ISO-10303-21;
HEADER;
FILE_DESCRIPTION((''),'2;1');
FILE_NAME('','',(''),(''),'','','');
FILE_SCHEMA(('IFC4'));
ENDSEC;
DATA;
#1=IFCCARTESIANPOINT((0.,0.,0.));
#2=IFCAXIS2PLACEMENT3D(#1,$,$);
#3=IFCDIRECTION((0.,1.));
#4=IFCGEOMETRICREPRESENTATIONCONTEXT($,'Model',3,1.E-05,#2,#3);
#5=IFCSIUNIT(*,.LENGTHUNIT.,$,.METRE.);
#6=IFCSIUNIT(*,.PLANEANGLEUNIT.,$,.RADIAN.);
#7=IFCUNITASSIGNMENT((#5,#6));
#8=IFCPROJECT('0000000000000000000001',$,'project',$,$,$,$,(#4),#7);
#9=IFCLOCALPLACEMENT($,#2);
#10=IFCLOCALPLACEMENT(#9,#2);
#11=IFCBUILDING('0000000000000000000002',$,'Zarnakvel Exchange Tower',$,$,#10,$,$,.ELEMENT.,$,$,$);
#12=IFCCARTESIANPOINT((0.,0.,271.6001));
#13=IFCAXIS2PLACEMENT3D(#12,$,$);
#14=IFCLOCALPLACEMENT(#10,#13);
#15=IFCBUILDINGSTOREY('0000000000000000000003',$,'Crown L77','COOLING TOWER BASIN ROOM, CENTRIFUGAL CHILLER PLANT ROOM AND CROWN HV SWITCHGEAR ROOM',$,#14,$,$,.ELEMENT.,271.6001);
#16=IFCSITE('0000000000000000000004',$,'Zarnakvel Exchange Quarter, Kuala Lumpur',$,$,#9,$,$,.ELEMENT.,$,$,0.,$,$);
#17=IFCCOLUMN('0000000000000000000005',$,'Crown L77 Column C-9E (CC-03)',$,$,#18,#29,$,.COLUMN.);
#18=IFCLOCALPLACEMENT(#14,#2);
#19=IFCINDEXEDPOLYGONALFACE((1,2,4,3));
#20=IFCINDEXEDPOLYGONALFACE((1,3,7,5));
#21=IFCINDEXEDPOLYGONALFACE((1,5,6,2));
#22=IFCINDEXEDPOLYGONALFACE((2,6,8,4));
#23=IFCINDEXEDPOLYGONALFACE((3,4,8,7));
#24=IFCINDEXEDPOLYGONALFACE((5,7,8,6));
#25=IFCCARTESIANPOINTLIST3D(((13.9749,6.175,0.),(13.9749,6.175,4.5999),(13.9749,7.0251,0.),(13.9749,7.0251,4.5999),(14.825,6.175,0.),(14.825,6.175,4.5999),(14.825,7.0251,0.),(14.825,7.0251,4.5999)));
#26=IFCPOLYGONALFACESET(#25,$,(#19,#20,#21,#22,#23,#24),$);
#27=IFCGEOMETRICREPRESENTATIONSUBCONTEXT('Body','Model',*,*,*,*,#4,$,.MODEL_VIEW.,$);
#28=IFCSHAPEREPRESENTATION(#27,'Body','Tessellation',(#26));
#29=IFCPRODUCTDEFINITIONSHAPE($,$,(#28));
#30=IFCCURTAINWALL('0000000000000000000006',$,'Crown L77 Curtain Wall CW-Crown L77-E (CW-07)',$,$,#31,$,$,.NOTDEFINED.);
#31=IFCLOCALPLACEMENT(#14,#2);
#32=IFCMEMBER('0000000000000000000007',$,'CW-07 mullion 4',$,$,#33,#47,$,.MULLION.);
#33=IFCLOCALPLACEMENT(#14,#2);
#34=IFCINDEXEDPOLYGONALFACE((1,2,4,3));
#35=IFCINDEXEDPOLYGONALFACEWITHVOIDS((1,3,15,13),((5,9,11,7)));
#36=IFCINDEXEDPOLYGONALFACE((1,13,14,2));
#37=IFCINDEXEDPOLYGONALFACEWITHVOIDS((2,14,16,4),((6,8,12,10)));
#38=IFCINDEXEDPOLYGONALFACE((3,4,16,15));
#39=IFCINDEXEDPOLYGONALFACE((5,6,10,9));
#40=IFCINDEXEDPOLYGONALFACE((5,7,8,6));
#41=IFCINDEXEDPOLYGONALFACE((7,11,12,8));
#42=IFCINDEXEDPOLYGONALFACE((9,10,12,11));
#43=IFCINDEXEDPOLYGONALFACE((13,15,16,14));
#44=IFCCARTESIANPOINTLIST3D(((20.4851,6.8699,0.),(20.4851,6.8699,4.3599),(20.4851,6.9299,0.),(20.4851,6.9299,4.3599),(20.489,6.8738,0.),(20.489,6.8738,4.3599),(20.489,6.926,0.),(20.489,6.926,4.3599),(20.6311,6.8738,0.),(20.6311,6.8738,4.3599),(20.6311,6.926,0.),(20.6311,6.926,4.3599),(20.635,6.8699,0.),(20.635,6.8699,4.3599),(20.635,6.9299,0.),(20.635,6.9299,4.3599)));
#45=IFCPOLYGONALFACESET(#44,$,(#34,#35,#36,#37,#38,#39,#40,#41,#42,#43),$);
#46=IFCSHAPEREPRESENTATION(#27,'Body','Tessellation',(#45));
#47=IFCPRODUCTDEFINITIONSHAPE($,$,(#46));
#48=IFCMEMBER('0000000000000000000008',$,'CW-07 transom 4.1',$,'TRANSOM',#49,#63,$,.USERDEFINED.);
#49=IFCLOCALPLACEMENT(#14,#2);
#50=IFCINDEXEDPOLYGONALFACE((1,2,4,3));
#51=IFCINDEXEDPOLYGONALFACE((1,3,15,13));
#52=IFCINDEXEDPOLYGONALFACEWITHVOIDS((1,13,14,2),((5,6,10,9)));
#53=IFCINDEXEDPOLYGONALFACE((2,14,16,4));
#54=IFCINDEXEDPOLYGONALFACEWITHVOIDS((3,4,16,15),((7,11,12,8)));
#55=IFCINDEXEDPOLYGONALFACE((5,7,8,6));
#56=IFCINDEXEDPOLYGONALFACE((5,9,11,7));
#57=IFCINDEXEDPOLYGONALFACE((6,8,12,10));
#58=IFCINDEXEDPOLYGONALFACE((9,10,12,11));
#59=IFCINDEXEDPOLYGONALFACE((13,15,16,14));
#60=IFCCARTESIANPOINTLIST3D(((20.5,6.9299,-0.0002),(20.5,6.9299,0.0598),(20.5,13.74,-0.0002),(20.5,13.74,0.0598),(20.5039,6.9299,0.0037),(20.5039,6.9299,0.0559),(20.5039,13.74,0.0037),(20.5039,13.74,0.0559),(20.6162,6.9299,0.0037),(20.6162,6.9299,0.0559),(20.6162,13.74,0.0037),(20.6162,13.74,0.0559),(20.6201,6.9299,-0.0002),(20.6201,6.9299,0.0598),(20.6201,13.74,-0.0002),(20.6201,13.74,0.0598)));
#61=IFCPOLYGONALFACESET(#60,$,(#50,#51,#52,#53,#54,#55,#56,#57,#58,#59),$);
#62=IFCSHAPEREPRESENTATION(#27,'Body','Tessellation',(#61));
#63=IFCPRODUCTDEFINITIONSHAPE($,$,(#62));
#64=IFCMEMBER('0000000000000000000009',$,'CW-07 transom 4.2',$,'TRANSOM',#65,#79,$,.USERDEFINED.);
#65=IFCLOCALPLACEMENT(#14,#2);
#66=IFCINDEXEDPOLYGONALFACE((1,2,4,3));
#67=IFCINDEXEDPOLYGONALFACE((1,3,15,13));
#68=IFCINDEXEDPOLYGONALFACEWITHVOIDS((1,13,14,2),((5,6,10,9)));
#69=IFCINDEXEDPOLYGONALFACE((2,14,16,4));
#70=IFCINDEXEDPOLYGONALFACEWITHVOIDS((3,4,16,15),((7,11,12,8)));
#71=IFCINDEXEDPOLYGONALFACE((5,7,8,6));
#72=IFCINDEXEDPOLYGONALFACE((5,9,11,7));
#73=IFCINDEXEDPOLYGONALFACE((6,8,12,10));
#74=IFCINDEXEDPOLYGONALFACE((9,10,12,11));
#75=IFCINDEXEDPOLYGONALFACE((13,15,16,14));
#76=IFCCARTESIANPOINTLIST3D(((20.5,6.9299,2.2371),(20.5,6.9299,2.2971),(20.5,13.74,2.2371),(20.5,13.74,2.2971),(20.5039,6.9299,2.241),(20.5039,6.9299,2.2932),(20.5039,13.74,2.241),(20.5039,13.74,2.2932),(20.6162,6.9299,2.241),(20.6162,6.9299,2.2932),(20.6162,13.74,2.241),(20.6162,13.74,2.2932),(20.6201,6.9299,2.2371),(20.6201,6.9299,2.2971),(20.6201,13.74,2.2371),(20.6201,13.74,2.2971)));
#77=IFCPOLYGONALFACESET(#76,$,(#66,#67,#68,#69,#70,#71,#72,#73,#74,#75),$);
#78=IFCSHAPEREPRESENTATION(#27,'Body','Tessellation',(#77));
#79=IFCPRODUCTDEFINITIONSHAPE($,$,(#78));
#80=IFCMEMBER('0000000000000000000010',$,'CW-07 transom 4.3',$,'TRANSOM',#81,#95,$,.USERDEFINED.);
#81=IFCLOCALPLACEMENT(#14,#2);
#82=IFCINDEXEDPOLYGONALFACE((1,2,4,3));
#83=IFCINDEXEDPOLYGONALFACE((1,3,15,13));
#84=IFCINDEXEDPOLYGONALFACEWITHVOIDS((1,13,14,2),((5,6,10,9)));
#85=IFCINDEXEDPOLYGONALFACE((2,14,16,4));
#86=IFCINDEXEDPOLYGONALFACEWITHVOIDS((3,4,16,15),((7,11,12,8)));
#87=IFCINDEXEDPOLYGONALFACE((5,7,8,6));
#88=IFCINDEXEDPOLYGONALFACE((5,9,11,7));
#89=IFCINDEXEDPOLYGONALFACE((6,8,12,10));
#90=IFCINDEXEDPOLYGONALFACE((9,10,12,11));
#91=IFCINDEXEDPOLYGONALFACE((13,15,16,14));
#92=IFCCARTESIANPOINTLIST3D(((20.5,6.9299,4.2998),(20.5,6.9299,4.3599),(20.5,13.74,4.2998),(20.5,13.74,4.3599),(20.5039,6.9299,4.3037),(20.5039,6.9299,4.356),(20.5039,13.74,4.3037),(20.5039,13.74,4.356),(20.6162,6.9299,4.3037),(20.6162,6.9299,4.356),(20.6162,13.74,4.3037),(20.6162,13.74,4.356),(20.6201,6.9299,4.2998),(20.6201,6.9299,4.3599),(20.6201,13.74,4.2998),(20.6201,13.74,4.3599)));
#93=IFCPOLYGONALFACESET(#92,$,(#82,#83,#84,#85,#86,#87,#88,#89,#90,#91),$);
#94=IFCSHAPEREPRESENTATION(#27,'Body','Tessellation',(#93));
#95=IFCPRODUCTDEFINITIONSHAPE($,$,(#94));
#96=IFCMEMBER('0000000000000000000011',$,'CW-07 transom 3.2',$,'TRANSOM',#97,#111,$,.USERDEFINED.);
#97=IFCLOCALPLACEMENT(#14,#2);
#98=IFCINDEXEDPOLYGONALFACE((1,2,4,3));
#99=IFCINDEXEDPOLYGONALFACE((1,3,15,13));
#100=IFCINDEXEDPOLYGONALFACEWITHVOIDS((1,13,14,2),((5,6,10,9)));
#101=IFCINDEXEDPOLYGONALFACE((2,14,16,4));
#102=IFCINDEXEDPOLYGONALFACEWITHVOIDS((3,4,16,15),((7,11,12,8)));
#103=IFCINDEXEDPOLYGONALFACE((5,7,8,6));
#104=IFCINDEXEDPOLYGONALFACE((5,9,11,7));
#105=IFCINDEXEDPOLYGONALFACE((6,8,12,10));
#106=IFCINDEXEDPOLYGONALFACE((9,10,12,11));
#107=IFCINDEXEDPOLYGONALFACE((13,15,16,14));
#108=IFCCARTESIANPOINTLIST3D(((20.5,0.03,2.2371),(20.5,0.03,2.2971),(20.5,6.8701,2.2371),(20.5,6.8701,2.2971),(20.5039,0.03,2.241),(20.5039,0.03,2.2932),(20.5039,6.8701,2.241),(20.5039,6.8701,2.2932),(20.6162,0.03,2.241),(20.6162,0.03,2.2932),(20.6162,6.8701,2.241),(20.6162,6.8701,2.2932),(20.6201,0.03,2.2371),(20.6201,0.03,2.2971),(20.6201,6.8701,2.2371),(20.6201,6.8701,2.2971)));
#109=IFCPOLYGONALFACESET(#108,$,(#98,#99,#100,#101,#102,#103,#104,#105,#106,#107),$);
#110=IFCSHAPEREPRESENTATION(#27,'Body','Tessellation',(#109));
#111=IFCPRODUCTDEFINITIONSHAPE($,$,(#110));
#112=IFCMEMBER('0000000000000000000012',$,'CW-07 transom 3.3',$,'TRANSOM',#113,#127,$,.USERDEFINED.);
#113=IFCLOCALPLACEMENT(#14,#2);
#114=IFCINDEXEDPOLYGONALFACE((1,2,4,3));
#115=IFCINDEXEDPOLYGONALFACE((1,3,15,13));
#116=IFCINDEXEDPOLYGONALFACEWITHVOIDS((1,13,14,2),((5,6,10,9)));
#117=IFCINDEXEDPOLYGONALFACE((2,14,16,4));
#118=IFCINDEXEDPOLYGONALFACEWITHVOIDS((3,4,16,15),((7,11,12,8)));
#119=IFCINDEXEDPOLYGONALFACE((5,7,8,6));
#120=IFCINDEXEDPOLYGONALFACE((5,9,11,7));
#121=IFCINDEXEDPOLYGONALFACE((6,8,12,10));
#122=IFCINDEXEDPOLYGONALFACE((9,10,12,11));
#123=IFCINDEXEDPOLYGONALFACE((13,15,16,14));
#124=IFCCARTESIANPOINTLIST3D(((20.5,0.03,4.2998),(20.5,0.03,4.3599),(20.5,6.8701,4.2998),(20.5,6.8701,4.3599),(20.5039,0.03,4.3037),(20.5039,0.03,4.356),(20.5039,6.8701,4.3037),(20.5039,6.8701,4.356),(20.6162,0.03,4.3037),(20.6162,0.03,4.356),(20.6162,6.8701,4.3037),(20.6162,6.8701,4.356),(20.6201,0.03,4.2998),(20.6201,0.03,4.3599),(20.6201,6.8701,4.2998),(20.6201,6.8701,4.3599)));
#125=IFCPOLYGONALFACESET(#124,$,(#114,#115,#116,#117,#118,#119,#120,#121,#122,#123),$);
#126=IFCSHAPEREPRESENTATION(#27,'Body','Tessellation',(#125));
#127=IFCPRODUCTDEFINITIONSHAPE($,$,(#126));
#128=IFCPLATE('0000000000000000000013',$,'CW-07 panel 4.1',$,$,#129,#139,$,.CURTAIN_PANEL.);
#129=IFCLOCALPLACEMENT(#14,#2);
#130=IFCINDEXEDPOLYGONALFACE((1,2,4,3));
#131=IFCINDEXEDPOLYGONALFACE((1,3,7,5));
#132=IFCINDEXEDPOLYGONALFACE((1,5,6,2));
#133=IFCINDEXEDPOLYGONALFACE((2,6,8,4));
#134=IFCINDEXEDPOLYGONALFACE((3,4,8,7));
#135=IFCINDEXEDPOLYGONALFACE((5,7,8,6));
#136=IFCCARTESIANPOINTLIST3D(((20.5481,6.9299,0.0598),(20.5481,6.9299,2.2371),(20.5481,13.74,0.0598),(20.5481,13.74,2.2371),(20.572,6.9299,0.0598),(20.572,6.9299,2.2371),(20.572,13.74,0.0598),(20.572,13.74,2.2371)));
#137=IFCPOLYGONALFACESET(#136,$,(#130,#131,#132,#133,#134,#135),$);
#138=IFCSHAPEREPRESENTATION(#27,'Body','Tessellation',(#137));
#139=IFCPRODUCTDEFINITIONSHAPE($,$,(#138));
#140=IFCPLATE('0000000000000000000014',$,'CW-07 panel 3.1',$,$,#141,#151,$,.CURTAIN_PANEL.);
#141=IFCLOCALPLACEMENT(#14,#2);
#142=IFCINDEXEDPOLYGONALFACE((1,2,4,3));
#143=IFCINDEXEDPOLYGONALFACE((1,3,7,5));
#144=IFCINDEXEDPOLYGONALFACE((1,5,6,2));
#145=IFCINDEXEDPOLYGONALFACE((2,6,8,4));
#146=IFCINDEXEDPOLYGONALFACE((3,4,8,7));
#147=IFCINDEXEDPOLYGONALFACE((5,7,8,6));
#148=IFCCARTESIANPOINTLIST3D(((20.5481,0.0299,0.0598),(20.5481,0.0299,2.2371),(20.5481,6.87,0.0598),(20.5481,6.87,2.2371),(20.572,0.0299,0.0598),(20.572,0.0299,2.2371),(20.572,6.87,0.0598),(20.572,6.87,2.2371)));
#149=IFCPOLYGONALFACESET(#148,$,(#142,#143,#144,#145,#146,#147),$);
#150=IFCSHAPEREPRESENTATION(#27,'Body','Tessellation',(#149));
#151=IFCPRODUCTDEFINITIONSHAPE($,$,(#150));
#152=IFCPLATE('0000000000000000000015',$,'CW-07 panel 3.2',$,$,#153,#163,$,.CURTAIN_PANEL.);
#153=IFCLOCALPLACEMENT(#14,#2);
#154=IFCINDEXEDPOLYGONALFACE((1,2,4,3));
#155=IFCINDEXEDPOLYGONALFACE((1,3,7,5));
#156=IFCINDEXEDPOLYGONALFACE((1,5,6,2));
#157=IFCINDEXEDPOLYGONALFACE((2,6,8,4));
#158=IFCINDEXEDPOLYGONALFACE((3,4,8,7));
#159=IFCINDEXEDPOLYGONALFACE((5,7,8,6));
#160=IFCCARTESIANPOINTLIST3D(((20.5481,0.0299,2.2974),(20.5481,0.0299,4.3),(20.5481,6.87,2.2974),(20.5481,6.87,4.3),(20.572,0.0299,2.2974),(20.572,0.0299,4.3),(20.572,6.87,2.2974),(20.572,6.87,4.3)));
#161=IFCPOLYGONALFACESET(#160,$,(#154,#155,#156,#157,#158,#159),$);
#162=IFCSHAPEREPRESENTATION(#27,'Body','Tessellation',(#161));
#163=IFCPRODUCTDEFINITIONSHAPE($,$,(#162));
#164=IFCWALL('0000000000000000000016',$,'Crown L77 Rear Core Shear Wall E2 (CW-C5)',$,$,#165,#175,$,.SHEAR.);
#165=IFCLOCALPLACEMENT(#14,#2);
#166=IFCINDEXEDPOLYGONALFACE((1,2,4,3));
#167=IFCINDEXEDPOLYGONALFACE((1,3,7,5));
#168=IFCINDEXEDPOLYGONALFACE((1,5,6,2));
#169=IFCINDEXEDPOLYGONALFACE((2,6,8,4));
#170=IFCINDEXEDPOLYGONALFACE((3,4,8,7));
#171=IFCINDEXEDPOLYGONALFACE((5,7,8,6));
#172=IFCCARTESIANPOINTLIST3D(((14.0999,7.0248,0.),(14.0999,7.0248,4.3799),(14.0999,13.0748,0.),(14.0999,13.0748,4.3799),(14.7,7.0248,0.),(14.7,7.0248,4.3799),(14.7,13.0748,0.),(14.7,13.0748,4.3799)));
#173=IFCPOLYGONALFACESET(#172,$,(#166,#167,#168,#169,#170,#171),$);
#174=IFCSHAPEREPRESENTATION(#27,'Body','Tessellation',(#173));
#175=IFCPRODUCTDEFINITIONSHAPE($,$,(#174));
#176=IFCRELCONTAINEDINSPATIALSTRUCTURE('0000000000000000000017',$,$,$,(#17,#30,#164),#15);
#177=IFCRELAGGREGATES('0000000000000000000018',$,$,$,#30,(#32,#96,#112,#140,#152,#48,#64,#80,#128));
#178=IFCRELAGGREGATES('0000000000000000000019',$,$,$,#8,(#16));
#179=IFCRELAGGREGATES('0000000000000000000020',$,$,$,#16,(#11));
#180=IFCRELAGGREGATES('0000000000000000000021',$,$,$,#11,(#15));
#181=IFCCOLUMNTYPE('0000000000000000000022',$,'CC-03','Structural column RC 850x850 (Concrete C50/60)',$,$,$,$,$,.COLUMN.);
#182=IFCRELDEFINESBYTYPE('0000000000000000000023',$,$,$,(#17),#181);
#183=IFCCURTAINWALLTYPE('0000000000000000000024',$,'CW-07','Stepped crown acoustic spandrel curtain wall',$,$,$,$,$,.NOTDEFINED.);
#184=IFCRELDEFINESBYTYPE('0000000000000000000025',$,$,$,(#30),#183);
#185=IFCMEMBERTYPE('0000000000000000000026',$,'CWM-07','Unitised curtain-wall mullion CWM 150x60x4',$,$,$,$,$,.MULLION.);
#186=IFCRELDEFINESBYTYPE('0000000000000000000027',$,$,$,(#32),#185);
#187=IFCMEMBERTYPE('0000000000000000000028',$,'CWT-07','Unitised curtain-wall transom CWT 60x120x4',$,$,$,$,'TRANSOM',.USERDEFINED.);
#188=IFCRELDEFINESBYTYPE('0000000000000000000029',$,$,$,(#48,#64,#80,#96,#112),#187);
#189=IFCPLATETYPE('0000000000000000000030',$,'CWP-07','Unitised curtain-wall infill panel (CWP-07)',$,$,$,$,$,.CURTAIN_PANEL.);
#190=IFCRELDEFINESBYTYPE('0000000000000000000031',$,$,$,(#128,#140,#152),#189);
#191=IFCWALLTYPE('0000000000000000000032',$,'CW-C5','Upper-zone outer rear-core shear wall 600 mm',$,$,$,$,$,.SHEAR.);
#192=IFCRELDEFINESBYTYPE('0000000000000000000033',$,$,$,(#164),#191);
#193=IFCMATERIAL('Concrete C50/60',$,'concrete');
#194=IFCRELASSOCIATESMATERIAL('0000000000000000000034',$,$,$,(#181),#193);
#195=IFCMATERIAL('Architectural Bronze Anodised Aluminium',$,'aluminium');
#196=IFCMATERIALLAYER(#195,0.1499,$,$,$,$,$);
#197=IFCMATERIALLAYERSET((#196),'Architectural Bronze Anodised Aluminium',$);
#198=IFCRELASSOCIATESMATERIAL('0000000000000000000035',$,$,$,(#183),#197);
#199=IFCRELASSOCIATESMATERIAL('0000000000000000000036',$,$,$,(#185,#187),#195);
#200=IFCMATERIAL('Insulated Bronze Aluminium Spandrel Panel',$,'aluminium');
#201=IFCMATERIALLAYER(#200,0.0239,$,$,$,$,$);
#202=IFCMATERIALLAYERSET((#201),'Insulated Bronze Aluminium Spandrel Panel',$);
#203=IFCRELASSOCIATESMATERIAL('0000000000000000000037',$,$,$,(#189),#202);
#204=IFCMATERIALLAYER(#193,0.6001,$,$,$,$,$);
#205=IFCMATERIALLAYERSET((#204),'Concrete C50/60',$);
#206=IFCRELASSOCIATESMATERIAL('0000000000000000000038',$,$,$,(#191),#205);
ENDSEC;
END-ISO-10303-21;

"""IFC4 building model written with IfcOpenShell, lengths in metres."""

from ifc_helpers import new_model, si_unit, direction, frame, frame_2d, origin, origin_2d, place, context, subcontext, project, spatial, rectangle, hollow_rectangle, extrude, source, transform, mapped, material, layer, layer_set, material_profile, profile_set, type_object, element, aggregate, save


model = new_model("IFC4")

# Units and contexts
model_context = context("Model", 3, precision=1e-05, world=origin(), true_north=direction((0.0, 1.0)))
body_context = subcontext(model_context, "Body", "Model", "MODEL_VIEW")
ifc_project = project(units=[si_unit("LENGTHUNIT", "METRE"), si_unit("PLANEANGLEUNIT", "RADIAN")], contexts=[model_context])

# Site, building, storey
site_placement = place(None, origin())
site = spatial("IfcSite", under=ifc_project, at=site_placement, Name="Zarnakvel Exchange Quarter, Kuala Lumpur", CompositionType="ELEMENT", RefElevation=0.0)
building_placement = place(site_placement, origin())
building = spatial("IfcBuilding", under=site, at=building_placement, Name="Zarnakvel Exchange Tower", CompositionType="ELEMENT")
storey_placement = place(building_placement, frame((0.0, 0.0, 271.6001)))
storey = spatial("IfcBuildingStorey", under=building, at=storey_placement, Name="Crown L77", Description="COOLING TOWER BASIN ROOM, CENTRIFUGAL CHILLER PLANT ROOM AND CROWN HV SWITCHGEAR ROOM", CompositionType="ELEMENT", Elevation=271.6001)

# Column
ifc_material_1 = material(Name="Concrete C50/60", Category="concrete")
ifc_material_profile_1 = material_profile(ifc_material_1, rectangle(XDim=0.8501, YDim=0.8501, at=origin_2d()))
ifc_profile_set_1 = profile_set([ifc_material_profile_1], Name="Concrete C50/60")
column_type = type_object("IfcColumnType", Name="CC-03", Description="Structural column RC 850x850 (Concrete C50/60)", PredefinedType="COLUMN", material=ifc_profile_set_1)
column_placement = place(storey_placement, frame((14.3999, 6.6001, 0.0), z_axis=(0.0, 0.0, 1.0), x_axis=(1.0, 0.0, 0.0)))
element("IfcColumn", 1, at=column_placement, inside=storey, type_object=column_type, Name="Crown L77 Column C-9E (CC-03)", PredefinedType="COLUMN", context=body_context, shape_type="SweptSolid", body=[
    extrude(rectangle(XDim=0.8501, YDim=0.8501, at=origin_2d()), origin(), (0.0, 0.0, 1.0), 4.5999),
])

# Curtain wall, members, plates
ifc_material_2 = material(Name="Architectural Bronze Anodised Aluminium", Category="aluminium")
ifc_layer_1 = layer(ifc_material_2, 0.1499)
ifc_layer_set_1 = layer_set([ifc_layer_1], Name="Architectural Bronze Anodised Aluminium")
curtain_wall_type = type_object("IfcCurtainWallType", Name="CW-07", Description="Stepped crown acoustic spandrel curtain wall", PredefinedType="NOTDEFINED", material=ifc_layer_set_1)
curtain_wall_placement = place(storey_placement, origin())
curtain_wall = element("IfcCurtainWall", 2, at=curtain_wall_placement, inside=storey, type_object=curtain_wall_type, Name="Crown L77 Curtain Wall CW-Crown L77-E (CW-07)", PredefinedType="NOTDEFINED")
ifc_material_profile_2 = material_profile(ifc_material_2, hollow_rectangle(XDim=0.1499, YDim=0.0601, WallThickness=0.0039, at=origin_2d()))
ifc_profile_set_2 = profile_set([ifc_material_profile_2], Name="Architectural Bronze Anodised Aluminium")
member_type_1 = type_object("IfcMemberType", Name="CWM-07", Description="Unitised curtain-wall mullion CWM 150x60x4", PredefinedType="MULLION", material=ifc_profile_set_2)
shared_shape_1 = source(origin(), body_context, "Body", "SweptSolid", [
    extrude(hollow_rectangle(XDim=0.1499, YDim=0.0601, WallThickness=0.0039, at=origin_2d()), origin(), (0.0, 0.0, 1.0), 4.3599),
])
member_1_placement = place(storey_placement, frame((20.5601, 6.8999, 0.0), z_axis=(0.0, 0.0, 1.0), x_axis=(-1.0, 0.0, 0.0)))
member_1 = element("IfcMember", 3, at=member_1_placement, type_object=member_type_1, Name="CW-07 mullion 4", PredefinedType="MULLION", context=body_context, shape_type="MappedRepresentation", body=[
    mapped(shared_shape_1, transform((0.0, 0.0, 0.0), x_axis=(1.0, 0.0, 0.0), y_axis=(0.0, 1.0, 0.0), z_axis=(0.0, 0.0, 1.0), scale=1.0)),
])
ifc_material_profile_3 = material_profile(ifc_material_2, hollow_rectangle(XDim=0.1201, YDim=0.0601, WallThickness=0.0039, at=origin_2d()))
ifc_profile_set_3 = profile_set([ifc_material_profile_3], Name="Architectural Bronze Anodised Aluminium")
member_type_2 = type_object("IfcMemberType", Name="CWT-07", Description="Unitised curtain-wall transom CWT 60x120x4", ElementType="TRANSOM", PredefinedType="USERDEFINED", material=ifc_profile_set_3)
shared_shape_2 = source(origin(), body_context, "Body", "SweptSolid", [
    extrude(hollow_rectangle(XDim=0.1201, YDim=0.0601, WallThickness=0.0039, at=origin_2d()), origin(), (0.0, 0.0, 1.0), 6.8101),
])
member_2_placement = place(storey_placement, frame((20.5601, 6.9299, 0.0298), z_axis=(0.0, 1.0, 0.0), x_axis=(-1.0, 0.0, 0.0)))
member_2 = element("IfcMember", 4, at=member_2_placement, type_object=member_type_2, Name="CW-07 transom 4.1", ObjectType="TRANSOM", PredefinedType="USERDEFINED", context=body_context, shape_type="MappedRepresentation", body=[
    mapped(shared_shape_2, transform((0.0, 0.0, 0.0), x_axis=(1.0, 0.0, 0.0), y_axis=(0.0, 1.0, 0.0), z_axis=(0.0, 0.0, 1.0), scale=1.0)),
])
member_3_placement = place(storey_placement, frame((20.5601, 6.9299, 2.2671), z_axis=(0.0, 1.0, 0.0), x_axis=(-1.0, 0.0, 0.0)))
member_3 = element("IfcMember", 5, at=member_3_placement, type_object=member_type_2, Name="CW-07 transom 4.2", ObjectType="TRANSOM", PredefinedType="USERDEFINED", context=body_context, shape_type="MappedRepresentation", body=[
    mapped(shared_shape_2, transform((0.0, 0.0, 0.0), x_axis=(1.0, 0.0, 0.0), y_axis=(0.0, 1.0, 0.0), z_axis=(0.0, 0.0, 1.0), scale=1.0)),
])
member_4_placement = place(storey_placement, frame((20.5601, 6.9299, 4.3298), z_axis=(0.0, 1.0, 0.0), x_axis=(-1.0, 0.0, 0.0)))
member_4 = element("IfcMember", 6, at=member_4_placement, type_object=member_type_2, Name="CW-07 transom 4.3", ObjectType="TRANSOM", PredefinedType="USERDEFINED", context=body_context, shape_type="MappedRepresentation", body=[
    mapped(shared_shape_2, transform((0.0, 0.0, 0.0), x_axis=(1.0, 0.0, 0.0), y_axis=(0.0, 1.0, 0.0), z_axis=(0.0, 0.0, 1.0), scale=1.0)),
])
shared_shape_3 = source(origin(), body_context, "Body", "SweptSolid", [
    extrude(hollow_rectangle(XDim=0.1201, YDim=0.0601, WallThickness=0.0039, at=origin_2d()), origin(), (0.0, 0.0, 1.0), 6.8401),
])
member_5_placement = place(storey_placement, frame((20.5601, 0.03, 2.2671), z_axis=(0.0, 1.0, 0.0), x_axis=(-1.0, 0.0, 0.0)))
member_5 = element("IfcMember", 7, at=member_5_placement, type_object=member_type_2, Name="CW-07 transom 3.2", ObjectType="TRANSOM", PredefinedType="USERDEFINED", context=body_context, shape_type="MappedRepresentation", body=[
    mapped(shared_shape_3, transform((0.0, 0.0, 0.0), x_axis=(1.0, 0.0, 0.0), y_axis=(0.0, 1.0, 0.0), z_axis=(0.0, 0.0, 1.0), scale=1.0)),
])
member_6_placement = place(storey_placement, frame((20.5601, 0.03, 4.3298), z_axis=(0.0, 1.0, 0.0), x_axis=(-1.0, 0.0, 0.0)))
member_6 = element("IfcMember", 8, at=member_6_placement, type_object=member_type_2, Name="CW-07 transom 3.3", ObjectType="TRANSOM", PredefinedType="USERDEFINED", context=body_context, shape_type="MappedRepresentation", body=[
    mapped(shared_shape_3, transform((0.0, 0.0, 0.0), x_axis=(1.0, 0.0, 0.0), y_axis=(0.0, 1.0, 0.0), z_axis=(0.0, 0.0, 1.0), scale=1.0)),
])
ifc_material_3 = material(Name="Insulated Bronze Aluminium Spandrel Panel", Category="aluminium")
ifc_layer_2 = layer(ifc_material_3, 0.0239)
ifc_layer_set_2 = layer_set([ifc_layer_2], Name="Insulated Bronze Aluminium Spandrel Panel")
plate_type = type_object("IfcPlateType", Name="CWP-07", Description="Unitised curtain-wall infill panel (CWP-07)", PredefinedType="CURTAIN_PANEL", material=ifc_layer_set_2)
shared_shape_4 = source(origin(), body_context, "Body", "SweptSolid", [
    extrude(rectangle(XDim=6.8101, YDim=0.0239, at=origin_2d()), origin(), (0.0, 0.0, 1.0), 2.1772),
])
plate_1_placement = place(storey_placement, frame((20.5601, 10.335, 0.0598), z_axis=(0.0, 0.0, 1.0), x_axis=(0.0, 1.0, 0.0)))
plate_1 = element("IfcPlate", 9, at=plate_1_placement, type_object=plate_type, Name="CW-07 panel 4.1", PredefinedType="CURTAIN_PANEL", context=body_context, shape_type="MappedRepresentation", body=[
    mapped(shared_shape_4, transform((0.0, 0.0, 0.0), x_axis=(1.0, 0.0, 0.0), y_axis=(0.0, 1.0, 0.0), z_axis=(0.0, 0.0, 1.0), scale=1.0)),
])
shared_shape_5 = source(origin(), body_context, "Body", "SweptSolid", [
    extrude(rectangle(XDim=6.8401, YDim=0.0239, at=origin_2d()), origin(), (0.0, 0.0, 1.0), 2.1772),
])
plate_2_placement = place(storey_placement, frame((20.5601, 3.45, 0.0598), z_axis=(0.0, 0.0, 1.0), x_axis=(0.0, 1.0, 0.0)))
plate_2 = element("IfcPlate", 10, at=plate_2_placement, type_object=plate_type, Name="CW-07 panel 3.1", PredefinedType="CURTAIN_PANEL", context=body_context, shape_type="MappedRepresentation", body=[
    mapped(shared_shape_5, transform((0.0, 0.0, 0.0), x_axis=(1.0, 0.0, 0.0), y_axis=(0.0, 1.0, 0.0), z_axis=(0.0, 0.0, 1.0), scale=1.0)),
])
shared_shape_6 = source(origin(), body_context, "Body", "SweptSolid", [
    extrude(rectangle(XDim=6.8401, YDim=0.0239, at=origin_2d()), origin(), (0.0, 0.0, 1.0), 2.0027),
])
plate_3_placement = place(storey_placement, frame((20.5601, 3.45, 2.2974), z_axis=(0.0, 0.0, 1.0), x_axis=(0.0, 1.0, 0.0)))
plate_3 = element("IfcPlate", 11, at=plate_3_placement, type_object=plate_type, Name="CW-07 panel 3.2", PredefinedType="CURTAIN_PANEL", context=body_context, shape_type="MappedRepresentation", body=[
    mapped(shared_shape_6, transform((0.0, 0.0, 0.0), x_axis=(1.0, 0.0, 0.0), y_axis=(0.0, 1.0, 0.0), z_axis=(0.0, 0.0, 1.0), scale=1.0)),
])
aggregate(curtain_wall, [member_1, member_5, member_6, plate_2, plate_3, member_2, member_3, member_4, plate_1])

# Wall
ifc_layer_3 = layer(ifc_material_1, 0.6001)
ifc_layer_set_3 = layer_set([ifc_layer_3], Name="Concrete C50/60")
wall_type_1 = type_object("IfcWallType", Name="CW-C5", Description="Upper-zone outer rear-core shear wall 600 mm", PredefinedType="SHEAR", material=ifc_layer_set_3)
wall_1_placement = place(storey_placement, frame((14.3999, 7.0249, 0.0), z_axis=(0.0, 0.0, 1.0), x_axis=(0.0, 1.0, 0.0)))
element("IfcWall", 12, at=wall_1_placement, inside=storey, type_object=wall_type_1, Name="Crown L77 Rear Core Shear Wall E2 (CW-C5)", PredefinedType="SHEAR", context=body_context, shape_type="SweptSolid", body=[
    extrude(rectangle(XDim=6.05, YDim=0.6001, at=frame_2d((3.0249, 0.0))), origin(), (0.0, 0.0, 1.0), 4.3799),
])

save(model, "model.ifc")
